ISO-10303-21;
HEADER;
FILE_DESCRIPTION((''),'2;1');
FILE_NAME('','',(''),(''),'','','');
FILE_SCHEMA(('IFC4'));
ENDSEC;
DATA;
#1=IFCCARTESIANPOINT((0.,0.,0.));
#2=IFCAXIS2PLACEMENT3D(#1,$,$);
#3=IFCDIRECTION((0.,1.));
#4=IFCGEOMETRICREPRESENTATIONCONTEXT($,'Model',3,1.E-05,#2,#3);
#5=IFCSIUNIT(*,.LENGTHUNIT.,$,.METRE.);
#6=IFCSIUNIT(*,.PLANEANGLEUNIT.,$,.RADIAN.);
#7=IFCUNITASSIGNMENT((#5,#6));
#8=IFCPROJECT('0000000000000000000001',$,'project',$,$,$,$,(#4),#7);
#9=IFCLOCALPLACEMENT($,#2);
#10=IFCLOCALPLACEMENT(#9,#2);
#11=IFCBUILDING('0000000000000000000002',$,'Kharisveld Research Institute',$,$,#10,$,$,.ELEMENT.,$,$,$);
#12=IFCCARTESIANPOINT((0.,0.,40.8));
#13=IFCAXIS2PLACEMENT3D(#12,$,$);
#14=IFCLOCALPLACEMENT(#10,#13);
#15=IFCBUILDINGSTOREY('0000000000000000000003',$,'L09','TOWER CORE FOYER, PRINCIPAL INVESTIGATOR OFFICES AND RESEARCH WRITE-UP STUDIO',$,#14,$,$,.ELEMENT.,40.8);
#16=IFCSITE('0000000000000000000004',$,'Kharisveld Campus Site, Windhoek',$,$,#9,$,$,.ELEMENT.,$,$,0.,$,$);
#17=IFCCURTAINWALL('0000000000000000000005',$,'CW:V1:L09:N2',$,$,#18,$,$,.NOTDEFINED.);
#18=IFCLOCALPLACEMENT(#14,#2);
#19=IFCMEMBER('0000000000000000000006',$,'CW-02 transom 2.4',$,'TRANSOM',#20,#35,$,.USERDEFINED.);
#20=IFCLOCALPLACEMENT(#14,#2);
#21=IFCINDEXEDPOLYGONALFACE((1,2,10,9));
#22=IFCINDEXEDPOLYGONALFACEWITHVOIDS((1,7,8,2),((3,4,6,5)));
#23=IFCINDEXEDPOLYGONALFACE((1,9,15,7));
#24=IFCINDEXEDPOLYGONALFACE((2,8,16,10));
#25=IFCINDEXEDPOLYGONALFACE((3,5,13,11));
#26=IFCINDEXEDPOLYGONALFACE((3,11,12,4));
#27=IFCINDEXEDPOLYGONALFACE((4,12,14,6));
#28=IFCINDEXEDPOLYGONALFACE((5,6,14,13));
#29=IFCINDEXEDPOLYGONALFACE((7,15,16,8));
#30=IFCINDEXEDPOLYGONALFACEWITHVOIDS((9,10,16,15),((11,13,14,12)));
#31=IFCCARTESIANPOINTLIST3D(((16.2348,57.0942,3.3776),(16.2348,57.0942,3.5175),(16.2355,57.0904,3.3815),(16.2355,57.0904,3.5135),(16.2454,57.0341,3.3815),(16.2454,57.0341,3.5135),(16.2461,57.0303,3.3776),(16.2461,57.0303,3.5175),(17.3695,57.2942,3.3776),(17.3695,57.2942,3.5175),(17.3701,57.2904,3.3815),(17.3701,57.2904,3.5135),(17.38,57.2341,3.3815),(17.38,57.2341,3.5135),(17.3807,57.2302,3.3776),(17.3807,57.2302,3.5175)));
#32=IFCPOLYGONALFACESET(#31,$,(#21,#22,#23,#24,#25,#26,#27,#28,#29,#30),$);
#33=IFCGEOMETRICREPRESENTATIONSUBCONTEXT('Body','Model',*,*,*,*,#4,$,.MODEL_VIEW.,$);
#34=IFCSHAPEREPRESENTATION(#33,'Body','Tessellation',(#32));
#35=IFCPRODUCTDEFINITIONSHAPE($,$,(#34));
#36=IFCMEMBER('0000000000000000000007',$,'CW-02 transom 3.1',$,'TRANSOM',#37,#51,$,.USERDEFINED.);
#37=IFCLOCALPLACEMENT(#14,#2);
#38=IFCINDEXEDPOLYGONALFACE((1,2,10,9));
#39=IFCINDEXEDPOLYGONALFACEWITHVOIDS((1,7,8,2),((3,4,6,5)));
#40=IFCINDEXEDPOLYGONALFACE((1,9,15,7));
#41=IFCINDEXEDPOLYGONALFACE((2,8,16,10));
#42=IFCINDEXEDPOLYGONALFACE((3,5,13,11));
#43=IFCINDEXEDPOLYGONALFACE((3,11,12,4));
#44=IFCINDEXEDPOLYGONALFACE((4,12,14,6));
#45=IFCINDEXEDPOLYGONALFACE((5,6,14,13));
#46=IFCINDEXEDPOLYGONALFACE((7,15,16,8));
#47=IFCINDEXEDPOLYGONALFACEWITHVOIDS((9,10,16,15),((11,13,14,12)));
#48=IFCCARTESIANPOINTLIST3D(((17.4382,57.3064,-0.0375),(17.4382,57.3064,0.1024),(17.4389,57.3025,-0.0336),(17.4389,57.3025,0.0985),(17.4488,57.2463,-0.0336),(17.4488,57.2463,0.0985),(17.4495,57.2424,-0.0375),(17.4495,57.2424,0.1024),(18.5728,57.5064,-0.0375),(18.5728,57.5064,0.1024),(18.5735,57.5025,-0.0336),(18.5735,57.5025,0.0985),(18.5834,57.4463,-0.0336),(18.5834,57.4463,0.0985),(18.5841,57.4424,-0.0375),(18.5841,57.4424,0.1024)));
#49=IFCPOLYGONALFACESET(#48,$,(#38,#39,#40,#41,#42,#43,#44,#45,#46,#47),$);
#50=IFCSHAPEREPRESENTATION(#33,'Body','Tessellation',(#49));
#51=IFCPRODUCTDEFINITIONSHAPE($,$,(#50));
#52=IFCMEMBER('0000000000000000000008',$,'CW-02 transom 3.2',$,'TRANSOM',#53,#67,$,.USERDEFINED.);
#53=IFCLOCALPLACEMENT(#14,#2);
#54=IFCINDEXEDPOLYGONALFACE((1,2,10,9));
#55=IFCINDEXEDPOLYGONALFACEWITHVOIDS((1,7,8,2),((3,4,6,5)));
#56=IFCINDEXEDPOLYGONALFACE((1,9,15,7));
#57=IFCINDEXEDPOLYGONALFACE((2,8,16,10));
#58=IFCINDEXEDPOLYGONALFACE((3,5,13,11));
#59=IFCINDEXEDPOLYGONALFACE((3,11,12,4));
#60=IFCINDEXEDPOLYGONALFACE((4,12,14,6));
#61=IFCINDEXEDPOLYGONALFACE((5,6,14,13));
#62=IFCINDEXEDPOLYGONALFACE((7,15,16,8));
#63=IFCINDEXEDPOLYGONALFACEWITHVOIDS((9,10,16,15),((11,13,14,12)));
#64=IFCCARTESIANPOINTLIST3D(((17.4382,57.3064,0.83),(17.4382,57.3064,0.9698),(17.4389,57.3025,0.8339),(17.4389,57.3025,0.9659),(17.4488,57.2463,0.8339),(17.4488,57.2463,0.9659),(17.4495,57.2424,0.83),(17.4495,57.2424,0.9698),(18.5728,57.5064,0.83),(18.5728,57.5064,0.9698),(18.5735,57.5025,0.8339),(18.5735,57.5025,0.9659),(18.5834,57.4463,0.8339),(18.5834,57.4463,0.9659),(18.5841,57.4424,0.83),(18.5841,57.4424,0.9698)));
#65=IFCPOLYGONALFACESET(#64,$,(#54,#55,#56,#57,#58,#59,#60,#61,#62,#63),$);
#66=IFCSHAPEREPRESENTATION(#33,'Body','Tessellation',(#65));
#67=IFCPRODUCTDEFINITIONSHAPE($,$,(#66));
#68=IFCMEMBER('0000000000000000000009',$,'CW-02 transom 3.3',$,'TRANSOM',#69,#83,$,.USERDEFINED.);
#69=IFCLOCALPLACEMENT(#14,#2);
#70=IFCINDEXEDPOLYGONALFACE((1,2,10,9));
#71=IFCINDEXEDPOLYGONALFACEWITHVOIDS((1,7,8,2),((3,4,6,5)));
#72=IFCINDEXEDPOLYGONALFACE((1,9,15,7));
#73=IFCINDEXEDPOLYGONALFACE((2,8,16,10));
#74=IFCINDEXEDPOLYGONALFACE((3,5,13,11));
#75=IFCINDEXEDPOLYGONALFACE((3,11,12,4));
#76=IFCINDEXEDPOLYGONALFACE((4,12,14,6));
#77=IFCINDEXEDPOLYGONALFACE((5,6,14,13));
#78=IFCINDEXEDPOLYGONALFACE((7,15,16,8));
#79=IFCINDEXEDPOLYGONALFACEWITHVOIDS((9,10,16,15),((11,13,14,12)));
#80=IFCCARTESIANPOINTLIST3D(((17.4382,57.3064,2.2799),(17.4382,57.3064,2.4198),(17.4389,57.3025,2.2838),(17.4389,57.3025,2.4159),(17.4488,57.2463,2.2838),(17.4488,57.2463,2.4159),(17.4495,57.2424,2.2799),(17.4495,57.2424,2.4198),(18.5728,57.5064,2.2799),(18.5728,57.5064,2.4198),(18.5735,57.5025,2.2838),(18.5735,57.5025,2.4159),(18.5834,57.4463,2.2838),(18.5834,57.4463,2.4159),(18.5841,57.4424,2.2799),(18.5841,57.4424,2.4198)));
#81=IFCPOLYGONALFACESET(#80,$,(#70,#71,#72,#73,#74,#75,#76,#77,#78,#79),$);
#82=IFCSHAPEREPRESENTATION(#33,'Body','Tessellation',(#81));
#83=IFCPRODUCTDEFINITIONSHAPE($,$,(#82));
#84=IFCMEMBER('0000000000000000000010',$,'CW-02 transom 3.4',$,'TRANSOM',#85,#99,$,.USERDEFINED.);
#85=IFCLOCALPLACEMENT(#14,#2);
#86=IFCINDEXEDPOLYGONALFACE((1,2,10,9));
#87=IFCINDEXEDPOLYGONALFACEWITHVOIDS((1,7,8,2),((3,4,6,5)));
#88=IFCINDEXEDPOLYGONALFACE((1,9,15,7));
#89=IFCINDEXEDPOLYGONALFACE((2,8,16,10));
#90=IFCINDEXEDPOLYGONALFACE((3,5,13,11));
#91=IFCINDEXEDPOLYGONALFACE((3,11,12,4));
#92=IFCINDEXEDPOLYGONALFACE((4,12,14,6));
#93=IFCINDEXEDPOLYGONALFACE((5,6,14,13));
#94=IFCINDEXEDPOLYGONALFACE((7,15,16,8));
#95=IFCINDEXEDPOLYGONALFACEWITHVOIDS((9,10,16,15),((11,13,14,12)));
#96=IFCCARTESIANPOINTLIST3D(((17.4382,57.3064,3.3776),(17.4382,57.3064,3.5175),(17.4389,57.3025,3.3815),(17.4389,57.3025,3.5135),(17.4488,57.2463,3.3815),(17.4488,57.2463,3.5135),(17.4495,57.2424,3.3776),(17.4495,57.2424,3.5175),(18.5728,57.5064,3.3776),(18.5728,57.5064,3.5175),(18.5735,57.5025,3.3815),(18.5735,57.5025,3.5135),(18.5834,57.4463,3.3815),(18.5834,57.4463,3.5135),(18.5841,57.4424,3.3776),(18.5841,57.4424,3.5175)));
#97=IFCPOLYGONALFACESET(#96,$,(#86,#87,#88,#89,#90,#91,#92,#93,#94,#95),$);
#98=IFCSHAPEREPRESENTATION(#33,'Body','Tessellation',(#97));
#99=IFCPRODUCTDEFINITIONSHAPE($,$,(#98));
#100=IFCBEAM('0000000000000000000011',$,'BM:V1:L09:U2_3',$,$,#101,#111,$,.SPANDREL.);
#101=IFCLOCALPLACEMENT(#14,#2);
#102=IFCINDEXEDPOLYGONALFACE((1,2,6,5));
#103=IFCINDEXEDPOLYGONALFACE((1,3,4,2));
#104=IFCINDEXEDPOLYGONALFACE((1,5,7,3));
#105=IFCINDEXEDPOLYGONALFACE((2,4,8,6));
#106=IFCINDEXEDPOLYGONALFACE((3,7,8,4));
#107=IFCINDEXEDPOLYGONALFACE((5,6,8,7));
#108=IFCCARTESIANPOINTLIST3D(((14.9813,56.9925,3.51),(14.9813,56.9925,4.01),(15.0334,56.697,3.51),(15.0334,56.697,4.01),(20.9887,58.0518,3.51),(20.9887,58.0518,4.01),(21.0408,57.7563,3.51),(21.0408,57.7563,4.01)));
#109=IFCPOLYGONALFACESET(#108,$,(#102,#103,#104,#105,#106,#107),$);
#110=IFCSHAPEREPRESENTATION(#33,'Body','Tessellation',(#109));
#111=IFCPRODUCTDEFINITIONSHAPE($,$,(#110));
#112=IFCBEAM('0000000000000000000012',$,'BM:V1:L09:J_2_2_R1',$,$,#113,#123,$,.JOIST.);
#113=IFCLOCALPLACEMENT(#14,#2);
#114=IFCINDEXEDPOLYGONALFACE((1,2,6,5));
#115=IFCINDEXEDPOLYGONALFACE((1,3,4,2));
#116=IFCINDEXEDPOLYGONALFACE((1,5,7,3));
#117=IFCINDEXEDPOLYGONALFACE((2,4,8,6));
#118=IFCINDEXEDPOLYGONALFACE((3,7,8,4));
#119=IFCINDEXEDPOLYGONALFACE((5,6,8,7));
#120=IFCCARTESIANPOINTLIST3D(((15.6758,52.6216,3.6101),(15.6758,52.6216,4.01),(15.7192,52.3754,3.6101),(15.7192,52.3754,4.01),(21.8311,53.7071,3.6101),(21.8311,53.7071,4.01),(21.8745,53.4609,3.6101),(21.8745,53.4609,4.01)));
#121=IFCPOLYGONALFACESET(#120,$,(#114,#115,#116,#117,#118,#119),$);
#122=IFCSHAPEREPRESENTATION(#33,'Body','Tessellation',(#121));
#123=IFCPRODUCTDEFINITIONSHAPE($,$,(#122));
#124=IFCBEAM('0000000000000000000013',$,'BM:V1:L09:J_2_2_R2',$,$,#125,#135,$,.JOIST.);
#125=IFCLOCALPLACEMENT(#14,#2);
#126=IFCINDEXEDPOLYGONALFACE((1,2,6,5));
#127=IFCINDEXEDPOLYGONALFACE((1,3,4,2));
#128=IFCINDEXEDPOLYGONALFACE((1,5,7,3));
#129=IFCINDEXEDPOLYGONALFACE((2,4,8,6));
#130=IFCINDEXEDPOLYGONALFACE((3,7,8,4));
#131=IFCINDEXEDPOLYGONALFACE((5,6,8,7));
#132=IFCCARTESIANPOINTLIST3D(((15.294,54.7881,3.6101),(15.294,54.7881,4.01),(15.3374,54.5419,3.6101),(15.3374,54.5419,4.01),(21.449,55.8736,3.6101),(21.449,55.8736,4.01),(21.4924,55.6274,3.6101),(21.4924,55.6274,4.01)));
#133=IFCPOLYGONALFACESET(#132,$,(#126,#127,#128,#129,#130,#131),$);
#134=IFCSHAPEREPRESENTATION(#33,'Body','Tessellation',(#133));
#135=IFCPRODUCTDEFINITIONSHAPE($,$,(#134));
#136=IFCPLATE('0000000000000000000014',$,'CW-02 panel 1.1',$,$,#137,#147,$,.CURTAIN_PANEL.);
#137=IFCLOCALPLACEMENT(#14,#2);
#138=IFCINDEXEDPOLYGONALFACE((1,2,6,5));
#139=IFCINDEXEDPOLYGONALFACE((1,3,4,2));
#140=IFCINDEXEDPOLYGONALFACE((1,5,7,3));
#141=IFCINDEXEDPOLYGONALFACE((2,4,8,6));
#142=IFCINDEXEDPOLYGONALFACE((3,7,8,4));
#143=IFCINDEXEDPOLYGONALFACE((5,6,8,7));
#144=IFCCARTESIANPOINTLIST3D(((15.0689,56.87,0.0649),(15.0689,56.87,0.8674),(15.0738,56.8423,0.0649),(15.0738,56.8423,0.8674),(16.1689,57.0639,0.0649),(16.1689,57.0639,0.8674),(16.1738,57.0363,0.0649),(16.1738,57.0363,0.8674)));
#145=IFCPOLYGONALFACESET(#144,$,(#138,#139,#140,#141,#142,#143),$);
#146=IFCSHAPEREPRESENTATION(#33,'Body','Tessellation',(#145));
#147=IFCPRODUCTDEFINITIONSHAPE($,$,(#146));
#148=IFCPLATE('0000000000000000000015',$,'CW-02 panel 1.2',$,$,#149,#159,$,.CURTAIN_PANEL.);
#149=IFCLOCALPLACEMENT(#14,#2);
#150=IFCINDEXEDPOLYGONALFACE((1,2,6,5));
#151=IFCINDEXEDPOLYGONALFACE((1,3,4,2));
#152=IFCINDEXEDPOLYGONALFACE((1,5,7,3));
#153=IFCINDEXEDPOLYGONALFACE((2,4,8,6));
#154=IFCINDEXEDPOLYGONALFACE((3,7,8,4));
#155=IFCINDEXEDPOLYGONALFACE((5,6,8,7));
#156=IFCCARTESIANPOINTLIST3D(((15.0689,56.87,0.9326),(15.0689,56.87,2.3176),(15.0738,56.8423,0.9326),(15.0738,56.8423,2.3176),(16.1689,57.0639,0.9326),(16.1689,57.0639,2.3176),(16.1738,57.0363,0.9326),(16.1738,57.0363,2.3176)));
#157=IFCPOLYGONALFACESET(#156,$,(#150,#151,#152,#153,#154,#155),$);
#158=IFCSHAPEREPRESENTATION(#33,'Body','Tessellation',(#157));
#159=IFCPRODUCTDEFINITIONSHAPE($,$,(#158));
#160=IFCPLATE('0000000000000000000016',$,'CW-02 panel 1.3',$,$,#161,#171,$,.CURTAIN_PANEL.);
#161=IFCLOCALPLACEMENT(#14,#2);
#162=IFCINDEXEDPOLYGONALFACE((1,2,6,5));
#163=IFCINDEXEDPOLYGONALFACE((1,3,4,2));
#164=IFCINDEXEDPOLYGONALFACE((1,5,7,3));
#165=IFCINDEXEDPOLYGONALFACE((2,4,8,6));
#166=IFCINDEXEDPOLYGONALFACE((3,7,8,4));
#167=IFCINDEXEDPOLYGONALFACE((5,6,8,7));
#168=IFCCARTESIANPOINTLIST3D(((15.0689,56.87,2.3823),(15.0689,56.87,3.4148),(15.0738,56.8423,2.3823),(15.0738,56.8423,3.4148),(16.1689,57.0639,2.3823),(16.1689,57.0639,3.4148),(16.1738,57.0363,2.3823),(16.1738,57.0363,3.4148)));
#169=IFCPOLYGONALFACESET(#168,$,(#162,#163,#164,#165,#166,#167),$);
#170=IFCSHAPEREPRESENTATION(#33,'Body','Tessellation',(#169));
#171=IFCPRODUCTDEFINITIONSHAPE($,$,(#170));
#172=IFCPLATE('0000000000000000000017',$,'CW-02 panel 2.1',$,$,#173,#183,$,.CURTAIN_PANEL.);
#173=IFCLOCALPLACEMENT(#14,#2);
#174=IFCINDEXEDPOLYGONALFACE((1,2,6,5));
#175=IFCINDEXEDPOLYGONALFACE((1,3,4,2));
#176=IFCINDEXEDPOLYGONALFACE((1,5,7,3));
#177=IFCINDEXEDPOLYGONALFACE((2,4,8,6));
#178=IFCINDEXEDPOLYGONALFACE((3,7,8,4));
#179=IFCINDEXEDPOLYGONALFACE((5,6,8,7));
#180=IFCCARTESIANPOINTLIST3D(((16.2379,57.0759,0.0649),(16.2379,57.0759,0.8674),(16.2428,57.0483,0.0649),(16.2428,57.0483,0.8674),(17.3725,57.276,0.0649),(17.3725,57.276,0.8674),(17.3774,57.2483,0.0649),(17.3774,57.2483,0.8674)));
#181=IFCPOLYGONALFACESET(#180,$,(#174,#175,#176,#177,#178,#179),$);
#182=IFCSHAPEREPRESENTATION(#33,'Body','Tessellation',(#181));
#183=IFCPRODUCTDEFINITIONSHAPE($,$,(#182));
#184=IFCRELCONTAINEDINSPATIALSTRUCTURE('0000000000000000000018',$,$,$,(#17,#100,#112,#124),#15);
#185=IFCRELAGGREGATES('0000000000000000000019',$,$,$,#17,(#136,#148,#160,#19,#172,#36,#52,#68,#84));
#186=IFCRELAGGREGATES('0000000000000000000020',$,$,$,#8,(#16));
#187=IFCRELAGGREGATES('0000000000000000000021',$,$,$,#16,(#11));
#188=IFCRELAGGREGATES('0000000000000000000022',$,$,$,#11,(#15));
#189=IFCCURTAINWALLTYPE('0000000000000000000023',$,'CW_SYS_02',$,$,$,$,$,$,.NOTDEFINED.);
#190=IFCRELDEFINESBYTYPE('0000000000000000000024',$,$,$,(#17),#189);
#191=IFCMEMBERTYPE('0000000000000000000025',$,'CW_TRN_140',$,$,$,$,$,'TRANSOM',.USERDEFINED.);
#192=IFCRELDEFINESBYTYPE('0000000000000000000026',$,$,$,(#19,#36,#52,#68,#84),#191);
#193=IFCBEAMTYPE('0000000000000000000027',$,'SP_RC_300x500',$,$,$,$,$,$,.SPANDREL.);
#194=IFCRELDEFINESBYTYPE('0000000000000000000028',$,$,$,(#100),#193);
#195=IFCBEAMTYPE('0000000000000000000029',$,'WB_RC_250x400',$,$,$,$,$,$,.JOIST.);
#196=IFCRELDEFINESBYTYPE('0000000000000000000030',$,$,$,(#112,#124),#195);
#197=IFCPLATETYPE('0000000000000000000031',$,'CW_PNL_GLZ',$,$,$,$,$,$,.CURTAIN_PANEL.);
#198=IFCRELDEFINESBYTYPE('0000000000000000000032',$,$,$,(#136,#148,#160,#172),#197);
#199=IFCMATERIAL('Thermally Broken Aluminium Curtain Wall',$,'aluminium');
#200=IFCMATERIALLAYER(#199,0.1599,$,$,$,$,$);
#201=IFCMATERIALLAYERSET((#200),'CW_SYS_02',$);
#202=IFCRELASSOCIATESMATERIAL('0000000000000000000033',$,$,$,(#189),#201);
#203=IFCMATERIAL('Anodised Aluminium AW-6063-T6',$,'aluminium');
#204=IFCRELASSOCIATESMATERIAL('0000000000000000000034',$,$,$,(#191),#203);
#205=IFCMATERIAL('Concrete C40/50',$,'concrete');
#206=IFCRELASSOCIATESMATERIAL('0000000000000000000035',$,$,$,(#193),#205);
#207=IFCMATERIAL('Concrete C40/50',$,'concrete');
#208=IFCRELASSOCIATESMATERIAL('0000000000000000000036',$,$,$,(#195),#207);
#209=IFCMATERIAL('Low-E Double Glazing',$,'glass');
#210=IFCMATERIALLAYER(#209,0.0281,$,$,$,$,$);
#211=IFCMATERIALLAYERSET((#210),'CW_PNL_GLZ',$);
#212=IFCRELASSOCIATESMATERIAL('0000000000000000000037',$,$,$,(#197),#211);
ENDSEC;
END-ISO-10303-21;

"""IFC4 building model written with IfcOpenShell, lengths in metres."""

from ifc_helpers import new_model, si_unit, direction, frame, origin, origin_2d, place, context, subcontext, project, spatial, rectangle, hollow_rectangle, extrude, material, layer, layer_set, material_profile, profile_set, type_object, element, aggregate, save


model = new_model("IFC4")

# Units and contexts
model_context = context("Model", 3, precision=1e-05, world=origin(), true_north=direction((0.0, 1.0)))
body_context = subcontext(model_context, "Body", "Model", "MODEL_VIEW")
ifc_project = project(units=[si_unit("LENGTHUNIT", "METRE"), si_unit("PLANEANGLEUNIT", "RADIAN")], contexts=[model_context])

# Site, building, storey
site_placement = place(None, origin())
site = spatial("IfcSite", under=ifc_project, at=site_placement, Name="Kharisveld Campus Site, Windhoek", CompositionType="ELEMENT", RefElevation=0.0)
building_placement = place(site_placement, origin())
building = spatial("IfcBuilding", under=site, at=building_placement, Name="Kharisveld Research Institute", CompositionType="ELEMENT")
storey_placement = place(building_placement, frame((0.0, 0.0, 40.8)))
storey = spatial("IfcBuildingStorey", under=building, at=storey_placement, Name="L09", Description="TOWER CORE FOYER, PRINCIPAL INVESTIGATOR OFFICES AND RESEARCH WRITE-UP STUDIO", CompositionType="ELEMENT", Elevation=40.8)

# Curtain wall, members
ifc_material_1 = material(Name="Thermally Broken Aluminium Curtain Wall", Category="aluminium")
ifc_layer_1 = layer(ifc_material_1, 0.1599)
ifc_layer_set_1 = layer_set([ifc_layer_1], Name="CW_SYS_02")
curtain_wall_type = type_object("IfcCurtainWallType", Name="CW_SYS_02", PredefinedType="NOTDEFINED", material=ifc_layer_set_1)
curtain_wall_placement = place(storey_placement, origin())
curtain_wall = element("IfcCurtainWall", 1, at=curtain_wall_placement, inside=storey, type_object=curtain_wall_type, Name="CW:V1:L09:N2", PredefinedType="NOTDEFINED")
ifc_material_2 = material(Name="Anodised Aluminium AW-6063-T6", Category="aluminium")
ifc_material_profile_1 = material_profile(ifc_material_2, hollow_rectangle(XDim=0.0649, YDim=0.1399, WallThickness=0.0039, at=origin_2d()))
ifc_profile_set_1 = profile_set([ifc_material_profile_1], Name="Anodised Aluminium AW-6063-T6")
member_type_1 = type_object("IfcMemberType", Name="CW_TRN_140", ElementType="TRANSOM", PredefinedType="USERDEFINED", material=ifc_profile_set_1)
member_1_placement = place(storey_placement, frame((16.2405, 57.0623, 3.4475), z_axis=(0.984822, 0.173568, 0.0), x_axis=(-0.173568, 0.984822, 0.0)))
member_1 = element("IfcMember", 2, at=member_1_placement, type_object=member_type_1, Name="CW-02 transom 2.4", ObjectType="TRANSOM", PredefinedType="USERDEFINED", context=body_context, shape_type="SweptSolid", body=[
    extrude(hollow_rectangle(XDim=0.0649, YDim=0.1399, WallThickness=0.0039, at=origin_2d()), origin(), (0.0, 0.0, 1.0), 1.1521),
])
member_2_placement = place(storey_placement, frame((17.4438, 57.2744, 0.0325), z_axis=(0.984822, 0.173568, 0.0), x_axis=(-0.173568, 0.984822, 0.0)))
member_2 = element("IfcMember", 3, at=member_2_placement, type_object=member_type_1, Name="CW-02 transom 3.1", ObjectType="TRANSOM", PredefinedType="USERDEFINED", context=body_context, shape_type="SweptSolid", body=[
    extrude(hollow_rectangle(XDim=0.0649, YDim=0.1399, WallThickness=0.0039, at=origin_2d()), origin(), (0.0, 0.0, 1.0), 1.1521),
])
member_3_placement = place(storey_placement, frame((17.4438, 57.2744, 0.8999), z_axis=(0.984822, 0.173568, 0.0), x_axis=(-0.173568, 0.984822, 0.0)))
member_3 = element("IfcMember", 4, at=member_3_placement, type_object=member_type_1, Name="CW-02 transom 3.2", ObjectType="TRANSOM", PredefinedType="USERDEFINED", context=body_context, shape_type="SweptSolid", body=[
    extrude(hollow_rectangle(XDim=0.0649, YDim=0.1399, WallThickness=0.0039, at=origin_2d()), origin(), (0.0, 0.0, 1.0), 1.1521),
])
member_4_placement = place(storey_placement, frame((17.4438, 57.2744, 2.3499), z_axis=(0.984822, 0.173568, 0.0), x_axis=(-0.173568, 0.984822, 0.0)))
member_4 = element("IfcMember", 5, at=member_4_placement, type_object=member_type_1, Name="CW-02 transom 3.3", ObjectType="TRANSOM", PredefinedType="USERDEFINED", context=body_context, shape_type="SweptSolid", body=[
    extrude(hollow_rectangle(XDim=0.0649, YDim=0.1399, WallThickness=0.0039, at=origin_2d()), origin(), (0.0, 0.0, 1.0), 1.1521),
])
member_5_placement = place(storey_placement, frame((17.4438, 57.2744, 3.4475), z_axis=(0.984822, 0.173568, 0.0), x_axis=(-0.173568, 0.984822, 0.0)))
member_5 = element("IfcMember", 6, at=member_5_placement, type_object=member_type_1, Name="CW-02 transom 3.4", ObjectType="TRANSOM", PredefinedType="USERDEFINED", context=body_context, shape_type="SweptSolid", body=[
    extrude(hollow_rectangle(XDim=0.0649, YDim=0.1399, WallThickness=0.0039, at=origin_2d()), origin(), (0.0, 0.0, 1.0), 1.1521),
])

# Beams
ifc_material_3 = material(Name="Concrete C40/50", Category="concrete")
ifc_material_profile_2 = material_profile(ifc_material_3, rectangle(XDim=0.3, YDim=0.5, at=origin_2d()))
ifc_profile_set_2 = profile_set([ifc_material_profile_2], Name="Concrete C40/50")
beam_type_1 = type_object("IfcBeamType", Name="SP_RC_300x500", PredefinedType="SPANDREL", material=ifc_profile_set_2)
beam_1_placement = place(storey_placement, frame((15.0073, 56.8447, 3.76), z_axis=(0.984806, 0.17366, 0.0), x_axis=(-0.17366, 0.984806, 0.0)))
element("IfcBeam", 7, at=beam_1_placement, inside=storey, type_object=beam_type_1, Name="BM:V1:L09:U2_3", PredefinedType="SPANDREL", context=body_context, shape_type="SweptSolid", body=[
    extrude(rectangle(XDim=0.3, YDim=0.5, at=origin_2d()), origin(), (0.0, 0.0, 1.0), 6.1001),
])
ifc_material_4 = material(Name="Concrete C40/50", Category="concrete")
ifc_material_profile_3 = material_profile(ifc_material_4, rectangle(XDim=0.25, YDim=0.3999, at=origin_2d()))
ifc_profile_set_3 = profile_set([ifc_material_profile_3], Name="Concrete C40/50")
beam_type_2 = type_object("IfcBeamType", Name="WB_RC_250x400", PredefinedType="JOIST", material=ifc_profile_set_3)
beam_2_placement = place(storey_placement, frame((15.6975, 52.4985, 3.8101), z_axis=(0.984805, 0.173665, 0.0), x_axis=(-0.173665, 0.984805, 0.0)))
element("IfcBeam", 8, at=beam_2_placement, inside=storey, type_object=beam_type_2, Name="BM:V1:L09:J_2_2_R1", PredefinedType="JOIST", context=body_context, shape_type="SweptSolid", body=[
    extrude(rectangle(XDim=0.25, YDim=0.3999, at=origin_2d()), origin(), (0.0, 0.0, 1.0), 6.2502),
])
beam_3_placement = place(storey_placement, frame((15.3157, 54.665, 3.8101), z_axis=(0.984804, 0.173672, 0.0), x_axis=(-0.173672, 0.984804, 0.0)))
element("IfcBeam", 9, at=beam_3_placement, inside=storey, type_object=beam_type_2, Name="BM:V1:L09:J_2_2_R2", PredefinedType="JOIST", context=body_context, shape_type="SweptSolid", body=[
    extrude(rectangle(XDim=0.25, YDim=0.3999, at=origin_2d()), origin(), (0.0, 0.0, 1.0), 6.25),
])

# Plates
ifc_material_5 = material(Name="Low-E Double Glazing", Category="glass")
ifc_layer_2 = layer(ifc_material_5, 0.0281)
ifc_layer_set_2 = layer_set([ifc_layer_2], Name="CW_PNL_GLZ")
plate_type = type_object("IfcPlateType", Name="CW_PNL_GLZ", PredefinedType="CURTAIN_PANEL", material=ifc_layer_set_2)
plate_1_placement = place(storey_placement, frame((15.6213, 56.9531, 0.0649), z_axis=(0.0, 0.0, 1.0), x_axis=(0.984808, 0.173648, 0.0)))
plate_1 = element("IfcPlate", 10, at=plate_1_placement, type_object=plate_type, Name="CW-02 panel 1.1", PredefinedType="CURTAIN_PANEL", context=body_context, shape_type="SweptSolid", body=[
    extrude(rectangle(XDim=1.1169, YDim=0.0281, at=origin_2d()), origin(), (0.0, 0.0, 1.0), 0.8025),
])
plate_2_placement = place(storey_placement, frame((15.6213, 56.9531, 0.9326), z_axis=(0.0, 0.0, 1.0), x_axis=(0.984808, 0.173648, 0.0)))
plate_2 = element("IfcPlate", 11, at=plate_2_placement, type_object=plate_type, Name="CW-02 panel 1.2", PredefinedType="CURTAIN_PANEL", context=body_context, shape_type="SweptSolid", body=[
    extrude(rectangle(XDim=1.1169, YDim=0.0281, at=origin_2d()), origin(), (0.0, 0.0, 1.0), 1.385),
])
plate_3_placement = place(storey_placement, frame((15.6213, 56.9531, 2.3823), z_axis=(0.0, 0.0, 1.0), x_axis=(0.984808, 0.173648, 0.0)))
plate_3 = element("IfcPlate", 12, at=plate_3_placement, type_object=plate_type, Name="CW-02 panel 1.3", PredefinedType="CURTAIN_PANEL", context=body_context, shape_type="SweptSolid", body=[
    extrude(rectangle(XDim=1.1169, YDim=0.0281, at=origin_2d()), origin(), (0.0, 0.0, 1.0), 1.0325),
])
plate_4_placement = place(storey_placement, frame((16.8076, 57.1621, 0.0649), z_axis=(0.0, 0.0, 1.0), x_axis=(0.984808, 0.173648, 0.0)))
plate_4 = element("IfcPlate", 13, at=plate_4_placement, type_object=plate_type, Name="CW-02 panel 2.1", PredefinedType="CURTAIN_PANEL", context=body_context, shape_type="SweptSolid", body=[
    extrude(rectangle(XDim=1.1521, YDim=0.0281, at=origin_2d()), origin(), (0.0, 0.0, 1.0), 0.8025),
])
aggregate(curtain_wall, [plate_1, plate_2, plate_3, member_1, plate_4, member_2, member_3, member_4, member_5])

save(model, "model.ifc")
